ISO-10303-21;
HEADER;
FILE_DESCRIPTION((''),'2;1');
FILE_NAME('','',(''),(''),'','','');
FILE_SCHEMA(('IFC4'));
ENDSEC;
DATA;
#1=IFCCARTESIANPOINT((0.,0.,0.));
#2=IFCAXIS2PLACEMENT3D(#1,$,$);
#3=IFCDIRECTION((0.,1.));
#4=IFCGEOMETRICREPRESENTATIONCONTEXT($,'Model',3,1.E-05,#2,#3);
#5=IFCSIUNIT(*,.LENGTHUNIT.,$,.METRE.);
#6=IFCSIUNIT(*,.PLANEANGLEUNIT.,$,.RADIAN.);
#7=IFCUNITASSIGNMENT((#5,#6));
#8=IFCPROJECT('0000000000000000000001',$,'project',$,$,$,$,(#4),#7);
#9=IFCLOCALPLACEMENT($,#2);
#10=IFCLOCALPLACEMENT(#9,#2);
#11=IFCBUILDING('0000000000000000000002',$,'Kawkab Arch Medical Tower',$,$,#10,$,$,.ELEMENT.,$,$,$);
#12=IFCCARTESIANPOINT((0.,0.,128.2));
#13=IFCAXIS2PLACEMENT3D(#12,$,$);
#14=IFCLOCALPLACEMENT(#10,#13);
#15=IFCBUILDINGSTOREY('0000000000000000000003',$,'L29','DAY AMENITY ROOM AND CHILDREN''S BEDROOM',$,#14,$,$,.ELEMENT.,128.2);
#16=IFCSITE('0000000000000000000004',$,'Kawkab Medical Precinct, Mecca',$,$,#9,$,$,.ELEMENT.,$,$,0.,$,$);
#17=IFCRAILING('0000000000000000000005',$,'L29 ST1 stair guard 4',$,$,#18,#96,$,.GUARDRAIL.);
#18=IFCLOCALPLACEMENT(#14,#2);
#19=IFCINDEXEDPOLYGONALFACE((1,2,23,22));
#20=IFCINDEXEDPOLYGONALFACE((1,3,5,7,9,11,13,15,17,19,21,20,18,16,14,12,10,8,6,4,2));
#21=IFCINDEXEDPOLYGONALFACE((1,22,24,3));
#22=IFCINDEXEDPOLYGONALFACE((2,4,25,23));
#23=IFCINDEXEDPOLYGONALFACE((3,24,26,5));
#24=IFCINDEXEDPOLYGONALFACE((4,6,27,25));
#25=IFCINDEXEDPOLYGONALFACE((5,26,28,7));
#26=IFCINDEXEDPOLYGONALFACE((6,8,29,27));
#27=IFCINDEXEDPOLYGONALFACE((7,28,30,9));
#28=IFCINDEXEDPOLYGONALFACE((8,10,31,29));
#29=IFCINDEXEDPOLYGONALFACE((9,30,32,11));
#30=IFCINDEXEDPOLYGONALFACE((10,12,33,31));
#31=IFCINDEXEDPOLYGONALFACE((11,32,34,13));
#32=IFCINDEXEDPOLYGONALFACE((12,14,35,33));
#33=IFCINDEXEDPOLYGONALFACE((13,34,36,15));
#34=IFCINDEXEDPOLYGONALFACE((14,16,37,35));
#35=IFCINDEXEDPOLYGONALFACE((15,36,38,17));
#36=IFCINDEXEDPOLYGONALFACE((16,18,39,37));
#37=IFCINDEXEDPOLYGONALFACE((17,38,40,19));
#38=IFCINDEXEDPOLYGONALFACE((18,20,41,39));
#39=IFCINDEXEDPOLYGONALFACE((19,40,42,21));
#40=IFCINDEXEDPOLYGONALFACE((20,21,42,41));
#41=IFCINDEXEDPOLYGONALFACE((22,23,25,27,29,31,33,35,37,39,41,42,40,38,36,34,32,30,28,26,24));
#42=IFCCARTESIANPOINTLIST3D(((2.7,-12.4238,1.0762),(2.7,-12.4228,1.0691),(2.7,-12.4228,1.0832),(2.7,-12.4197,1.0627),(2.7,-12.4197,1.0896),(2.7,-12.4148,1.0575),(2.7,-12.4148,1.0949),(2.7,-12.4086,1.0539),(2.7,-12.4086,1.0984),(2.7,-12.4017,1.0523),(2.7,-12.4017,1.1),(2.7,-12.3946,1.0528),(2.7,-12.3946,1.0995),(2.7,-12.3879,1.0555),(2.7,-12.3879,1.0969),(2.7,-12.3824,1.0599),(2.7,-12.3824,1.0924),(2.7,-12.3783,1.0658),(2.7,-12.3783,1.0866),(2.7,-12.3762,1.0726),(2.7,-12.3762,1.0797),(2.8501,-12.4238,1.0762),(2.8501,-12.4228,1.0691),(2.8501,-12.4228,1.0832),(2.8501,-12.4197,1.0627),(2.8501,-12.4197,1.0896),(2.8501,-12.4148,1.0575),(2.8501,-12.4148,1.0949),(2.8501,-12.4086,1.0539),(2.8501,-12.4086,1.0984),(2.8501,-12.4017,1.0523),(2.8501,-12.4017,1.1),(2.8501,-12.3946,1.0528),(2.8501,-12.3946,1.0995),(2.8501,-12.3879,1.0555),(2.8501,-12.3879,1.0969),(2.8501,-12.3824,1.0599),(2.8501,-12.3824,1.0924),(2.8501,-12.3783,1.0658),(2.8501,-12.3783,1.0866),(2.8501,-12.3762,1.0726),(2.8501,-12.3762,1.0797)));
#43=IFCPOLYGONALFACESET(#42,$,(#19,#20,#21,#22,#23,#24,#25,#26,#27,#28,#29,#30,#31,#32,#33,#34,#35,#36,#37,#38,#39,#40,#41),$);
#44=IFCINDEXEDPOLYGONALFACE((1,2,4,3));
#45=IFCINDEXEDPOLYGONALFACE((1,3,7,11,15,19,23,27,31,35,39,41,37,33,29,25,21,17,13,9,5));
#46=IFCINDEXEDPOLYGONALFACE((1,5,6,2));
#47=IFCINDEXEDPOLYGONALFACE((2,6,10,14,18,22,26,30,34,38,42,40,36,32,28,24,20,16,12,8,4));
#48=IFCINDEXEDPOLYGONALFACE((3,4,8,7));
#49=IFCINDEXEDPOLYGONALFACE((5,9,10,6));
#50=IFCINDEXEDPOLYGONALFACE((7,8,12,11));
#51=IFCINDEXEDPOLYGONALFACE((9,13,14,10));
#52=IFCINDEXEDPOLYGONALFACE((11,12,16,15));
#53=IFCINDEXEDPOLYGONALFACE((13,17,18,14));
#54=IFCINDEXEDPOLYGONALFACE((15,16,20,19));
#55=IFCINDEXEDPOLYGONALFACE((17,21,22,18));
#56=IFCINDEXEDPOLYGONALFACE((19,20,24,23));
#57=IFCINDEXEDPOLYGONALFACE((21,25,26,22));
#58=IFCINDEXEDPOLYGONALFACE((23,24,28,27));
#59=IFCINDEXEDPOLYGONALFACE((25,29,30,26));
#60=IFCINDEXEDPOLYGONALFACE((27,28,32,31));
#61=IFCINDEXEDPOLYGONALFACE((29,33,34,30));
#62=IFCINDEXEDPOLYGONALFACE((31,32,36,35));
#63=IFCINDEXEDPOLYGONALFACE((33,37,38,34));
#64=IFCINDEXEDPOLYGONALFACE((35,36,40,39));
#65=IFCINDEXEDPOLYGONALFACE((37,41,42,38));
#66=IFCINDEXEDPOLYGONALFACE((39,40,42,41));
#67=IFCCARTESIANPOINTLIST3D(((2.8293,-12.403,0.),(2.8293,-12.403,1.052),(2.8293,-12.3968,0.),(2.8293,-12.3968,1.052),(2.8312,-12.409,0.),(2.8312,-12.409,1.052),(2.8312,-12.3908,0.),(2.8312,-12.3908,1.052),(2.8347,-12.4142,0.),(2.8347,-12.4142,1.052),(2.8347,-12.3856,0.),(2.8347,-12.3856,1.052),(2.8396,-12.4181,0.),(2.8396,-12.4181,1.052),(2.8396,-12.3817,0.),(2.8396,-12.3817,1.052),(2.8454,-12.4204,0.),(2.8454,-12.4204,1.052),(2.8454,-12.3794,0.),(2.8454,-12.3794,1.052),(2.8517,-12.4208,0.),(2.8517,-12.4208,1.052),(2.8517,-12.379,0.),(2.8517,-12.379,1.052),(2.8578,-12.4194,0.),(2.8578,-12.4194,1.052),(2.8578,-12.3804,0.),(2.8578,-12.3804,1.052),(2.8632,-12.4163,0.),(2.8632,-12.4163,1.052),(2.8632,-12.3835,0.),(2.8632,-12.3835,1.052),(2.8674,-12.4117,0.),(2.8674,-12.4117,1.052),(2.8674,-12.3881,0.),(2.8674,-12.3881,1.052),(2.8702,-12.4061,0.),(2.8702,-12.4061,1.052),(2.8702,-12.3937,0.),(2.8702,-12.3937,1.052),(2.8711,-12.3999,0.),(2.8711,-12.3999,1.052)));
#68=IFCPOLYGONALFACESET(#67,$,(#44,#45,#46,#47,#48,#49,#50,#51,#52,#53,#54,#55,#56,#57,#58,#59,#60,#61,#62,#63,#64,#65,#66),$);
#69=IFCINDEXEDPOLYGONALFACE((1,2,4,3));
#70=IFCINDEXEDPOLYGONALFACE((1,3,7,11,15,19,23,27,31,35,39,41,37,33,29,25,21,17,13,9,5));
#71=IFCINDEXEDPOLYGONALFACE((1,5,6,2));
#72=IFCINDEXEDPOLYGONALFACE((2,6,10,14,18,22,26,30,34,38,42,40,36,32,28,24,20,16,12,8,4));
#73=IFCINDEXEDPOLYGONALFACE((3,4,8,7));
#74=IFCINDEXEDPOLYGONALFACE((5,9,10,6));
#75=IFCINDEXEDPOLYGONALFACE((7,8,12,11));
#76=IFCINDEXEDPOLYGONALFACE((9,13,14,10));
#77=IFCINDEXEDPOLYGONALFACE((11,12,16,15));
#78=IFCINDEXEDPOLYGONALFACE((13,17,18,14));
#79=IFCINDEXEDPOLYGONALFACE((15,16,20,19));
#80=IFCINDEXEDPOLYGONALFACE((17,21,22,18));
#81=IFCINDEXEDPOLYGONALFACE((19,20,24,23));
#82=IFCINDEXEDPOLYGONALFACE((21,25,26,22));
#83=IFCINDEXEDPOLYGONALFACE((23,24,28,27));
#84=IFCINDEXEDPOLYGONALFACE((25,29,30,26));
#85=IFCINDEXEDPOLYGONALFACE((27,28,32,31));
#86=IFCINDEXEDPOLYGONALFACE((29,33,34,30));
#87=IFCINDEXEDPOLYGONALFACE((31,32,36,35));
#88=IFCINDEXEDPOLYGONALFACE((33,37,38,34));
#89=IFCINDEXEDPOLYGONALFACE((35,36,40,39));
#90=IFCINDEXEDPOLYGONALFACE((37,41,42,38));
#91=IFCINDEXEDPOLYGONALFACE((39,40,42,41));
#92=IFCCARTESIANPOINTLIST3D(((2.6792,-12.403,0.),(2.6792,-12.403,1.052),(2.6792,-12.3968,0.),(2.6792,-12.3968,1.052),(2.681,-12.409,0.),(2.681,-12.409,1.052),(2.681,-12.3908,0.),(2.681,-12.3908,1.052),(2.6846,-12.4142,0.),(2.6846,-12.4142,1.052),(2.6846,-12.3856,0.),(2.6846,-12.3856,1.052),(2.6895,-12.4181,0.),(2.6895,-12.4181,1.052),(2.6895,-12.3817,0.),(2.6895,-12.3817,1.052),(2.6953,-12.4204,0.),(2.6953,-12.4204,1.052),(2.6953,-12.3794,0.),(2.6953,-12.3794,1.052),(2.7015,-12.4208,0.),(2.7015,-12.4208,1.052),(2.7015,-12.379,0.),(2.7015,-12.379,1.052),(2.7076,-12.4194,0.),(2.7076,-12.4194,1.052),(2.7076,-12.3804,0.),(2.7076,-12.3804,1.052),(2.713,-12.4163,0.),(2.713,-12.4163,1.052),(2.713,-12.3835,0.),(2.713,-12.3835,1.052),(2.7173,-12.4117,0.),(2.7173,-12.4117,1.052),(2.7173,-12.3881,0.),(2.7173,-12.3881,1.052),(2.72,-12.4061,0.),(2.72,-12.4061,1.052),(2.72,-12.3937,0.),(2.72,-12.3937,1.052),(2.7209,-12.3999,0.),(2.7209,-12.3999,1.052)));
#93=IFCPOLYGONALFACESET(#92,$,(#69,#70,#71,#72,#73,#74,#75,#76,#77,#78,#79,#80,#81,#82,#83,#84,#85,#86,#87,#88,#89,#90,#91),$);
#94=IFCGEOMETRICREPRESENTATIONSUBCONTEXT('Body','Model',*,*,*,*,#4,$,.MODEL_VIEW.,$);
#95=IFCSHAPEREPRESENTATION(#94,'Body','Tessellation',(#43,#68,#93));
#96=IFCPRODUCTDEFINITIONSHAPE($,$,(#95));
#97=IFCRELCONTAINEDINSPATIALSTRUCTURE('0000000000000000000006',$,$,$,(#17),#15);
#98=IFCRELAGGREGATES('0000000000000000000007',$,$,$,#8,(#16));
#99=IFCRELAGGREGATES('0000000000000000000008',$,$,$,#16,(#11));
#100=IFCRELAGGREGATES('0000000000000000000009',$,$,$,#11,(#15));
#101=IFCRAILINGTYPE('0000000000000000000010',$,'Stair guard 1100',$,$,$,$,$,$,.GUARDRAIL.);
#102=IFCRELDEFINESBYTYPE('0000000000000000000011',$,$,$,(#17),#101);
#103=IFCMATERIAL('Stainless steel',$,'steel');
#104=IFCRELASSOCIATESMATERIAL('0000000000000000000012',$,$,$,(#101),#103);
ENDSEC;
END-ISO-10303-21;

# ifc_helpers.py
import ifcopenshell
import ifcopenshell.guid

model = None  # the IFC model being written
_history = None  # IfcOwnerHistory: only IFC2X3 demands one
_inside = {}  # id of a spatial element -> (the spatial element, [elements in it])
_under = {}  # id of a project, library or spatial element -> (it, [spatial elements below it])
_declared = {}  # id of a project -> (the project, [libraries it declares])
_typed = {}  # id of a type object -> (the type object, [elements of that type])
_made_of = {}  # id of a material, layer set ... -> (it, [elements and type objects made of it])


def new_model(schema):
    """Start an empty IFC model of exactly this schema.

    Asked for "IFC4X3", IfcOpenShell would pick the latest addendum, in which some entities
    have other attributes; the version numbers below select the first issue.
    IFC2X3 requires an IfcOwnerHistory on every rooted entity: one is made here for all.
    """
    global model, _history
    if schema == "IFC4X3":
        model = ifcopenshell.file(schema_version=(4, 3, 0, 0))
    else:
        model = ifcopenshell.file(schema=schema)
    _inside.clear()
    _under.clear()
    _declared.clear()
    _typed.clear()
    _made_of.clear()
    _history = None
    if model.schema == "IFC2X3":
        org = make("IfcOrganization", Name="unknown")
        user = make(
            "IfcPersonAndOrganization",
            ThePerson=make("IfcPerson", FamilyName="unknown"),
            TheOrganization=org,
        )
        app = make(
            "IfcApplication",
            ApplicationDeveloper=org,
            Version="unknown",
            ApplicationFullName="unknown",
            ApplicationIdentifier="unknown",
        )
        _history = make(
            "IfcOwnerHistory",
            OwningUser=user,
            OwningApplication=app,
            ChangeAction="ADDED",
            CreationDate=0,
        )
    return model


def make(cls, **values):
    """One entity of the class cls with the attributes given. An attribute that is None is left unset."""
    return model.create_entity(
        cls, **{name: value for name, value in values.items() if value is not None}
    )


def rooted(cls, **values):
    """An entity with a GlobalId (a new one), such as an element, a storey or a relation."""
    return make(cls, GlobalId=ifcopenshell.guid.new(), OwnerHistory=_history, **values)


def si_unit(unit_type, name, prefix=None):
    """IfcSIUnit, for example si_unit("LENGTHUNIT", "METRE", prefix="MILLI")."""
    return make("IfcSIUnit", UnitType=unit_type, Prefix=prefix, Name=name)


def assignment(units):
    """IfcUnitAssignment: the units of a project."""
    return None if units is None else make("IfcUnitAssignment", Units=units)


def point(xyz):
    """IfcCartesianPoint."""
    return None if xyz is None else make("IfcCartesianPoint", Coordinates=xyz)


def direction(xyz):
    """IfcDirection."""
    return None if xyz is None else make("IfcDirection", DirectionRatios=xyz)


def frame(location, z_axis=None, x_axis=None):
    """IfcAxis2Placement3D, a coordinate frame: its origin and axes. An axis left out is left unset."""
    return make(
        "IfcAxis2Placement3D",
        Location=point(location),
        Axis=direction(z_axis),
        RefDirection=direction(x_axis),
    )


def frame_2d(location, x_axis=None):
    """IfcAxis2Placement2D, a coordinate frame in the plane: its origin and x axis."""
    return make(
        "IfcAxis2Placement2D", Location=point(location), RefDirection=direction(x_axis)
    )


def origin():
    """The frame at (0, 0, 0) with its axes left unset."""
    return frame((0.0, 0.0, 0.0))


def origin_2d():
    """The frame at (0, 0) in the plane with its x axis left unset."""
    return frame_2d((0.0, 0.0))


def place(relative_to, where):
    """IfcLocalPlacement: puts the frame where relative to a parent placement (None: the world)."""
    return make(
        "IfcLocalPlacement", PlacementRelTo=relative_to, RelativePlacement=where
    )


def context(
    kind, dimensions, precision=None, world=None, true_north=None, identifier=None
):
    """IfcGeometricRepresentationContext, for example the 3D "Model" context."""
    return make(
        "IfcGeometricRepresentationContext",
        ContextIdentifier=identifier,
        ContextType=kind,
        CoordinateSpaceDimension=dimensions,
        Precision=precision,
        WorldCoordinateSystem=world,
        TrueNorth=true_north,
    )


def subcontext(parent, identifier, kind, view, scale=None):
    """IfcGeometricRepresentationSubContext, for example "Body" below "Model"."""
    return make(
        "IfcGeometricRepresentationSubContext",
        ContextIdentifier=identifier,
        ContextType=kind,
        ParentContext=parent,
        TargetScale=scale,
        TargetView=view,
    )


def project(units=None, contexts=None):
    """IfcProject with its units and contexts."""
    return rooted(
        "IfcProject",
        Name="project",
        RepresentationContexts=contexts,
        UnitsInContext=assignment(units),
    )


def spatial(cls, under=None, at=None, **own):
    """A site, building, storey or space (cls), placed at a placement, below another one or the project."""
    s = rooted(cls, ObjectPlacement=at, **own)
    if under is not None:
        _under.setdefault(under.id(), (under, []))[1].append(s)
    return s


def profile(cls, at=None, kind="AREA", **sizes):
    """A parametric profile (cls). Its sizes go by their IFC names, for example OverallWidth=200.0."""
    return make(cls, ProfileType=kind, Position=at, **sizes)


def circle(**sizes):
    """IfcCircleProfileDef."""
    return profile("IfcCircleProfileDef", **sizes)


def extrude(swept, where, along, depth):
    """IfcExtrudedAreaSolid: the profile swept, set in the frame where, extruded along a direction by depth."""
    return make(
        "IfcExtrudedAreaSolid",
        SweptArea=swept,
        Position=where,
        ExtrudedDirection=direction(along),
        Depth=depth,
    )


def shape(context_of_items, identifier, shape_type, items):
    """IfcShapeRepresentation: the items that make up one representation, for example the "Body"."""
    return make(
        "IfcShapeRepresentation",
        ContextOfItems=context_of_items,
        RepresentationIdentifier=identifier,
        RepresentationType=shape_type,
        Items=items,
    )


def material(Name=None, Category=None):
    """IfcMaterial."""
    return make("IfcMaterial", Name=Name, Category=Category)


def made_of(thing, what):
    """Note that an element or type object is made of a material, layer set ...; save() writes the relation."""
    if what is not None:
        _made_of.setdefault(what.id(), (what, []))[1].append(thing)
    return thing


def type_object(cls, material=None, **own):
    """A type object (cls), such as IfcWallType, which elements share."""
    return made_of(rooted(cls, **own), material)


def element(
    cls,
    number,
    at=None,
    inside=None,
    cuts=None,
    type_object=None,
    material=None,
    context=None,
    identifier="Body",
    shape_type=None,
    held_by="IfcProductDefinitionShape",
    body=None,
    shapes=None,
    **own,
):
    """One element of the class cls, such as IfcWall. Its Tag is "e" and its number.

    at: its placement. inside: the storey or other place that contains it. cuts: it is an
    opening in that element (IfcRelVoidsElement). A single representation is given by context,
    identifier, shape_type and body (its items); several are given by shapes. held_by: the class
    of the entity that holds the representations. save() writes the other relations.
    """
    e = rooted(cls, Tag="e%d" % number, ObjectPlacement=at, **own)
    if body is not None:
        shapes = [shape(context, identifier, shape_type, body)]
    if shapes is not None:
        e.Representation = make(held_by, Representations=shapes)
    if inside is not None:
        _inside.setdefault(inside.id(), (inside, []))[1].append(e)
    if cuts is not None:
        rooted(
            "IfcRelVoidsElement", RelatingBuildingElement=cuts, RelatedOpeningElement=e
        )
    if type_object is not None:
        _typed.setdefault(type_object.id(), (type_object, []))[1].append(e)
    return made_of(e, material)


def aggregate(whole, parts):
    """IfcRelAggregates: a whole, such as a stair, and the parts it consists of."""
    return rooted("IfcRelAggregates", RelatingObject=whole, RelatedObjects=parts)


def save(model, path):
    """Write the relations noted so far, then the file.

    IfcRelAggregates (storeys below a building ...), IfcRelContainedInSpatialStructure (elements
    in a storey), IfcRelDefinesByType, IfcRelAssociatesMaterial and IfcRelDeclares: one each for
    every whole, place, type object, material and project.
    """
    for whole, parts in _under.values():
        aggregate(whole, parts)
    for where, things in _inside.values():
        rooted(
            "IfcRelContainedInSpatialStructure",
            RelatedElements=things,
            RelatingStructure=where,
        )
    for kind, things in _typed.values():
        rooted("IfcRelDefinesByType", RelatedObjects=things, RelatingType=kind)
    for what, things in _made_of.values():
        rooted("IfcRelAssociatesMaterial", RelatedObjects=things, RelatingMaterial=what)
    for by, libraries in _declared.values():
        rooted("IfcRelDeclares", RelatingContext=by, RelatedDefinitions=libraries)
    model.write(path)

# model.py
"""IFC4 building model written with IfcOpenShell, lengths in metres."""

from ifc_helpers import new_model, si_unit, direction, frame, origin, origin_2d, place, context, subcontext, project, spatial, circle, extrude, material, type_object, element, save


model = new_model("IFC4")

# Units and contexts
model_context = context("Model", 3, precision=1e-05, world=origin(), true_north=direction((0.0, 1.0)))
body_context = subcontext(model_context, "Body", "Model", "MODEL_VIEW")
ifc_project = project(units=[si_unit("LENGTHUNIT", "METRE"), si_unit("PLANEANGLEUNIT", "RADIAN")], contexts=[model_context])

# Site, building, storey
site_placement = place(None, origin())
site = spatial("IfcSite", under=ifc_project, at=site_placement, Name="Kawkab Medical Precinct, Mecca", CompositionType="ELEMENT", RefElevation=0.0)
building_placement = place(site_placement, origin())
building = spatial("IfcBuilding", under=site, at=building_placement, Name="Kawkab Arch Medical Tower", CompositionType="ELEMENT")
storey_placement = place(building_placement, frame((0.0, 0.0, 128.2)))
storey = spatial("IfcBuildingStorey", under=building, at=storey_placement, Name="L29", Description="DAY AMENITY ROOM AND CHILDREN'S BEDROOM", CompositionType="ELEMENT", Elevation=128.2)

# Railing
ifc_material_1 = material(Name="Stainless steel", Category="steel")
railing_type_1 = type_object("IfcRailingType", Name="Stair guard 1100", PredefinedType="GUARDRAIL", material=ifc_material_1)
railing_1_placement = place(storey_placement, frame((2.8501, -12.3999, 0.0)))
element("IfcRailing", 1, at=railing_1_placement, inside=storey, type_object=railing_type_1, Name="L29 ST1 stair guard 4", PredefinedType="GUARDRAIL", context=body_context, shape_type="SweptSolid", body=[
    extrude(circle(Radius=0.0239, at=origin_2d()), frame((0.0, 0.0, 1.0762), z_axis=(-1.0, 0.0, 0.0), x_axis=(0.0, -1.0, 0.0)), (0.0, 0.0, 1.0), 0.1501),
    extrude(circle(Radius=0.021, at=origin_2d()), origin(), (0.0, 0.0, 1.0), 1.052),
    extrude(circle(Radius=0.021, at=origin_2d()), frame((-0.1501, 0.0, 0.0)), (0.0, 0.0, 1.0), 1.052),
])

save(model, "model.ifc")
